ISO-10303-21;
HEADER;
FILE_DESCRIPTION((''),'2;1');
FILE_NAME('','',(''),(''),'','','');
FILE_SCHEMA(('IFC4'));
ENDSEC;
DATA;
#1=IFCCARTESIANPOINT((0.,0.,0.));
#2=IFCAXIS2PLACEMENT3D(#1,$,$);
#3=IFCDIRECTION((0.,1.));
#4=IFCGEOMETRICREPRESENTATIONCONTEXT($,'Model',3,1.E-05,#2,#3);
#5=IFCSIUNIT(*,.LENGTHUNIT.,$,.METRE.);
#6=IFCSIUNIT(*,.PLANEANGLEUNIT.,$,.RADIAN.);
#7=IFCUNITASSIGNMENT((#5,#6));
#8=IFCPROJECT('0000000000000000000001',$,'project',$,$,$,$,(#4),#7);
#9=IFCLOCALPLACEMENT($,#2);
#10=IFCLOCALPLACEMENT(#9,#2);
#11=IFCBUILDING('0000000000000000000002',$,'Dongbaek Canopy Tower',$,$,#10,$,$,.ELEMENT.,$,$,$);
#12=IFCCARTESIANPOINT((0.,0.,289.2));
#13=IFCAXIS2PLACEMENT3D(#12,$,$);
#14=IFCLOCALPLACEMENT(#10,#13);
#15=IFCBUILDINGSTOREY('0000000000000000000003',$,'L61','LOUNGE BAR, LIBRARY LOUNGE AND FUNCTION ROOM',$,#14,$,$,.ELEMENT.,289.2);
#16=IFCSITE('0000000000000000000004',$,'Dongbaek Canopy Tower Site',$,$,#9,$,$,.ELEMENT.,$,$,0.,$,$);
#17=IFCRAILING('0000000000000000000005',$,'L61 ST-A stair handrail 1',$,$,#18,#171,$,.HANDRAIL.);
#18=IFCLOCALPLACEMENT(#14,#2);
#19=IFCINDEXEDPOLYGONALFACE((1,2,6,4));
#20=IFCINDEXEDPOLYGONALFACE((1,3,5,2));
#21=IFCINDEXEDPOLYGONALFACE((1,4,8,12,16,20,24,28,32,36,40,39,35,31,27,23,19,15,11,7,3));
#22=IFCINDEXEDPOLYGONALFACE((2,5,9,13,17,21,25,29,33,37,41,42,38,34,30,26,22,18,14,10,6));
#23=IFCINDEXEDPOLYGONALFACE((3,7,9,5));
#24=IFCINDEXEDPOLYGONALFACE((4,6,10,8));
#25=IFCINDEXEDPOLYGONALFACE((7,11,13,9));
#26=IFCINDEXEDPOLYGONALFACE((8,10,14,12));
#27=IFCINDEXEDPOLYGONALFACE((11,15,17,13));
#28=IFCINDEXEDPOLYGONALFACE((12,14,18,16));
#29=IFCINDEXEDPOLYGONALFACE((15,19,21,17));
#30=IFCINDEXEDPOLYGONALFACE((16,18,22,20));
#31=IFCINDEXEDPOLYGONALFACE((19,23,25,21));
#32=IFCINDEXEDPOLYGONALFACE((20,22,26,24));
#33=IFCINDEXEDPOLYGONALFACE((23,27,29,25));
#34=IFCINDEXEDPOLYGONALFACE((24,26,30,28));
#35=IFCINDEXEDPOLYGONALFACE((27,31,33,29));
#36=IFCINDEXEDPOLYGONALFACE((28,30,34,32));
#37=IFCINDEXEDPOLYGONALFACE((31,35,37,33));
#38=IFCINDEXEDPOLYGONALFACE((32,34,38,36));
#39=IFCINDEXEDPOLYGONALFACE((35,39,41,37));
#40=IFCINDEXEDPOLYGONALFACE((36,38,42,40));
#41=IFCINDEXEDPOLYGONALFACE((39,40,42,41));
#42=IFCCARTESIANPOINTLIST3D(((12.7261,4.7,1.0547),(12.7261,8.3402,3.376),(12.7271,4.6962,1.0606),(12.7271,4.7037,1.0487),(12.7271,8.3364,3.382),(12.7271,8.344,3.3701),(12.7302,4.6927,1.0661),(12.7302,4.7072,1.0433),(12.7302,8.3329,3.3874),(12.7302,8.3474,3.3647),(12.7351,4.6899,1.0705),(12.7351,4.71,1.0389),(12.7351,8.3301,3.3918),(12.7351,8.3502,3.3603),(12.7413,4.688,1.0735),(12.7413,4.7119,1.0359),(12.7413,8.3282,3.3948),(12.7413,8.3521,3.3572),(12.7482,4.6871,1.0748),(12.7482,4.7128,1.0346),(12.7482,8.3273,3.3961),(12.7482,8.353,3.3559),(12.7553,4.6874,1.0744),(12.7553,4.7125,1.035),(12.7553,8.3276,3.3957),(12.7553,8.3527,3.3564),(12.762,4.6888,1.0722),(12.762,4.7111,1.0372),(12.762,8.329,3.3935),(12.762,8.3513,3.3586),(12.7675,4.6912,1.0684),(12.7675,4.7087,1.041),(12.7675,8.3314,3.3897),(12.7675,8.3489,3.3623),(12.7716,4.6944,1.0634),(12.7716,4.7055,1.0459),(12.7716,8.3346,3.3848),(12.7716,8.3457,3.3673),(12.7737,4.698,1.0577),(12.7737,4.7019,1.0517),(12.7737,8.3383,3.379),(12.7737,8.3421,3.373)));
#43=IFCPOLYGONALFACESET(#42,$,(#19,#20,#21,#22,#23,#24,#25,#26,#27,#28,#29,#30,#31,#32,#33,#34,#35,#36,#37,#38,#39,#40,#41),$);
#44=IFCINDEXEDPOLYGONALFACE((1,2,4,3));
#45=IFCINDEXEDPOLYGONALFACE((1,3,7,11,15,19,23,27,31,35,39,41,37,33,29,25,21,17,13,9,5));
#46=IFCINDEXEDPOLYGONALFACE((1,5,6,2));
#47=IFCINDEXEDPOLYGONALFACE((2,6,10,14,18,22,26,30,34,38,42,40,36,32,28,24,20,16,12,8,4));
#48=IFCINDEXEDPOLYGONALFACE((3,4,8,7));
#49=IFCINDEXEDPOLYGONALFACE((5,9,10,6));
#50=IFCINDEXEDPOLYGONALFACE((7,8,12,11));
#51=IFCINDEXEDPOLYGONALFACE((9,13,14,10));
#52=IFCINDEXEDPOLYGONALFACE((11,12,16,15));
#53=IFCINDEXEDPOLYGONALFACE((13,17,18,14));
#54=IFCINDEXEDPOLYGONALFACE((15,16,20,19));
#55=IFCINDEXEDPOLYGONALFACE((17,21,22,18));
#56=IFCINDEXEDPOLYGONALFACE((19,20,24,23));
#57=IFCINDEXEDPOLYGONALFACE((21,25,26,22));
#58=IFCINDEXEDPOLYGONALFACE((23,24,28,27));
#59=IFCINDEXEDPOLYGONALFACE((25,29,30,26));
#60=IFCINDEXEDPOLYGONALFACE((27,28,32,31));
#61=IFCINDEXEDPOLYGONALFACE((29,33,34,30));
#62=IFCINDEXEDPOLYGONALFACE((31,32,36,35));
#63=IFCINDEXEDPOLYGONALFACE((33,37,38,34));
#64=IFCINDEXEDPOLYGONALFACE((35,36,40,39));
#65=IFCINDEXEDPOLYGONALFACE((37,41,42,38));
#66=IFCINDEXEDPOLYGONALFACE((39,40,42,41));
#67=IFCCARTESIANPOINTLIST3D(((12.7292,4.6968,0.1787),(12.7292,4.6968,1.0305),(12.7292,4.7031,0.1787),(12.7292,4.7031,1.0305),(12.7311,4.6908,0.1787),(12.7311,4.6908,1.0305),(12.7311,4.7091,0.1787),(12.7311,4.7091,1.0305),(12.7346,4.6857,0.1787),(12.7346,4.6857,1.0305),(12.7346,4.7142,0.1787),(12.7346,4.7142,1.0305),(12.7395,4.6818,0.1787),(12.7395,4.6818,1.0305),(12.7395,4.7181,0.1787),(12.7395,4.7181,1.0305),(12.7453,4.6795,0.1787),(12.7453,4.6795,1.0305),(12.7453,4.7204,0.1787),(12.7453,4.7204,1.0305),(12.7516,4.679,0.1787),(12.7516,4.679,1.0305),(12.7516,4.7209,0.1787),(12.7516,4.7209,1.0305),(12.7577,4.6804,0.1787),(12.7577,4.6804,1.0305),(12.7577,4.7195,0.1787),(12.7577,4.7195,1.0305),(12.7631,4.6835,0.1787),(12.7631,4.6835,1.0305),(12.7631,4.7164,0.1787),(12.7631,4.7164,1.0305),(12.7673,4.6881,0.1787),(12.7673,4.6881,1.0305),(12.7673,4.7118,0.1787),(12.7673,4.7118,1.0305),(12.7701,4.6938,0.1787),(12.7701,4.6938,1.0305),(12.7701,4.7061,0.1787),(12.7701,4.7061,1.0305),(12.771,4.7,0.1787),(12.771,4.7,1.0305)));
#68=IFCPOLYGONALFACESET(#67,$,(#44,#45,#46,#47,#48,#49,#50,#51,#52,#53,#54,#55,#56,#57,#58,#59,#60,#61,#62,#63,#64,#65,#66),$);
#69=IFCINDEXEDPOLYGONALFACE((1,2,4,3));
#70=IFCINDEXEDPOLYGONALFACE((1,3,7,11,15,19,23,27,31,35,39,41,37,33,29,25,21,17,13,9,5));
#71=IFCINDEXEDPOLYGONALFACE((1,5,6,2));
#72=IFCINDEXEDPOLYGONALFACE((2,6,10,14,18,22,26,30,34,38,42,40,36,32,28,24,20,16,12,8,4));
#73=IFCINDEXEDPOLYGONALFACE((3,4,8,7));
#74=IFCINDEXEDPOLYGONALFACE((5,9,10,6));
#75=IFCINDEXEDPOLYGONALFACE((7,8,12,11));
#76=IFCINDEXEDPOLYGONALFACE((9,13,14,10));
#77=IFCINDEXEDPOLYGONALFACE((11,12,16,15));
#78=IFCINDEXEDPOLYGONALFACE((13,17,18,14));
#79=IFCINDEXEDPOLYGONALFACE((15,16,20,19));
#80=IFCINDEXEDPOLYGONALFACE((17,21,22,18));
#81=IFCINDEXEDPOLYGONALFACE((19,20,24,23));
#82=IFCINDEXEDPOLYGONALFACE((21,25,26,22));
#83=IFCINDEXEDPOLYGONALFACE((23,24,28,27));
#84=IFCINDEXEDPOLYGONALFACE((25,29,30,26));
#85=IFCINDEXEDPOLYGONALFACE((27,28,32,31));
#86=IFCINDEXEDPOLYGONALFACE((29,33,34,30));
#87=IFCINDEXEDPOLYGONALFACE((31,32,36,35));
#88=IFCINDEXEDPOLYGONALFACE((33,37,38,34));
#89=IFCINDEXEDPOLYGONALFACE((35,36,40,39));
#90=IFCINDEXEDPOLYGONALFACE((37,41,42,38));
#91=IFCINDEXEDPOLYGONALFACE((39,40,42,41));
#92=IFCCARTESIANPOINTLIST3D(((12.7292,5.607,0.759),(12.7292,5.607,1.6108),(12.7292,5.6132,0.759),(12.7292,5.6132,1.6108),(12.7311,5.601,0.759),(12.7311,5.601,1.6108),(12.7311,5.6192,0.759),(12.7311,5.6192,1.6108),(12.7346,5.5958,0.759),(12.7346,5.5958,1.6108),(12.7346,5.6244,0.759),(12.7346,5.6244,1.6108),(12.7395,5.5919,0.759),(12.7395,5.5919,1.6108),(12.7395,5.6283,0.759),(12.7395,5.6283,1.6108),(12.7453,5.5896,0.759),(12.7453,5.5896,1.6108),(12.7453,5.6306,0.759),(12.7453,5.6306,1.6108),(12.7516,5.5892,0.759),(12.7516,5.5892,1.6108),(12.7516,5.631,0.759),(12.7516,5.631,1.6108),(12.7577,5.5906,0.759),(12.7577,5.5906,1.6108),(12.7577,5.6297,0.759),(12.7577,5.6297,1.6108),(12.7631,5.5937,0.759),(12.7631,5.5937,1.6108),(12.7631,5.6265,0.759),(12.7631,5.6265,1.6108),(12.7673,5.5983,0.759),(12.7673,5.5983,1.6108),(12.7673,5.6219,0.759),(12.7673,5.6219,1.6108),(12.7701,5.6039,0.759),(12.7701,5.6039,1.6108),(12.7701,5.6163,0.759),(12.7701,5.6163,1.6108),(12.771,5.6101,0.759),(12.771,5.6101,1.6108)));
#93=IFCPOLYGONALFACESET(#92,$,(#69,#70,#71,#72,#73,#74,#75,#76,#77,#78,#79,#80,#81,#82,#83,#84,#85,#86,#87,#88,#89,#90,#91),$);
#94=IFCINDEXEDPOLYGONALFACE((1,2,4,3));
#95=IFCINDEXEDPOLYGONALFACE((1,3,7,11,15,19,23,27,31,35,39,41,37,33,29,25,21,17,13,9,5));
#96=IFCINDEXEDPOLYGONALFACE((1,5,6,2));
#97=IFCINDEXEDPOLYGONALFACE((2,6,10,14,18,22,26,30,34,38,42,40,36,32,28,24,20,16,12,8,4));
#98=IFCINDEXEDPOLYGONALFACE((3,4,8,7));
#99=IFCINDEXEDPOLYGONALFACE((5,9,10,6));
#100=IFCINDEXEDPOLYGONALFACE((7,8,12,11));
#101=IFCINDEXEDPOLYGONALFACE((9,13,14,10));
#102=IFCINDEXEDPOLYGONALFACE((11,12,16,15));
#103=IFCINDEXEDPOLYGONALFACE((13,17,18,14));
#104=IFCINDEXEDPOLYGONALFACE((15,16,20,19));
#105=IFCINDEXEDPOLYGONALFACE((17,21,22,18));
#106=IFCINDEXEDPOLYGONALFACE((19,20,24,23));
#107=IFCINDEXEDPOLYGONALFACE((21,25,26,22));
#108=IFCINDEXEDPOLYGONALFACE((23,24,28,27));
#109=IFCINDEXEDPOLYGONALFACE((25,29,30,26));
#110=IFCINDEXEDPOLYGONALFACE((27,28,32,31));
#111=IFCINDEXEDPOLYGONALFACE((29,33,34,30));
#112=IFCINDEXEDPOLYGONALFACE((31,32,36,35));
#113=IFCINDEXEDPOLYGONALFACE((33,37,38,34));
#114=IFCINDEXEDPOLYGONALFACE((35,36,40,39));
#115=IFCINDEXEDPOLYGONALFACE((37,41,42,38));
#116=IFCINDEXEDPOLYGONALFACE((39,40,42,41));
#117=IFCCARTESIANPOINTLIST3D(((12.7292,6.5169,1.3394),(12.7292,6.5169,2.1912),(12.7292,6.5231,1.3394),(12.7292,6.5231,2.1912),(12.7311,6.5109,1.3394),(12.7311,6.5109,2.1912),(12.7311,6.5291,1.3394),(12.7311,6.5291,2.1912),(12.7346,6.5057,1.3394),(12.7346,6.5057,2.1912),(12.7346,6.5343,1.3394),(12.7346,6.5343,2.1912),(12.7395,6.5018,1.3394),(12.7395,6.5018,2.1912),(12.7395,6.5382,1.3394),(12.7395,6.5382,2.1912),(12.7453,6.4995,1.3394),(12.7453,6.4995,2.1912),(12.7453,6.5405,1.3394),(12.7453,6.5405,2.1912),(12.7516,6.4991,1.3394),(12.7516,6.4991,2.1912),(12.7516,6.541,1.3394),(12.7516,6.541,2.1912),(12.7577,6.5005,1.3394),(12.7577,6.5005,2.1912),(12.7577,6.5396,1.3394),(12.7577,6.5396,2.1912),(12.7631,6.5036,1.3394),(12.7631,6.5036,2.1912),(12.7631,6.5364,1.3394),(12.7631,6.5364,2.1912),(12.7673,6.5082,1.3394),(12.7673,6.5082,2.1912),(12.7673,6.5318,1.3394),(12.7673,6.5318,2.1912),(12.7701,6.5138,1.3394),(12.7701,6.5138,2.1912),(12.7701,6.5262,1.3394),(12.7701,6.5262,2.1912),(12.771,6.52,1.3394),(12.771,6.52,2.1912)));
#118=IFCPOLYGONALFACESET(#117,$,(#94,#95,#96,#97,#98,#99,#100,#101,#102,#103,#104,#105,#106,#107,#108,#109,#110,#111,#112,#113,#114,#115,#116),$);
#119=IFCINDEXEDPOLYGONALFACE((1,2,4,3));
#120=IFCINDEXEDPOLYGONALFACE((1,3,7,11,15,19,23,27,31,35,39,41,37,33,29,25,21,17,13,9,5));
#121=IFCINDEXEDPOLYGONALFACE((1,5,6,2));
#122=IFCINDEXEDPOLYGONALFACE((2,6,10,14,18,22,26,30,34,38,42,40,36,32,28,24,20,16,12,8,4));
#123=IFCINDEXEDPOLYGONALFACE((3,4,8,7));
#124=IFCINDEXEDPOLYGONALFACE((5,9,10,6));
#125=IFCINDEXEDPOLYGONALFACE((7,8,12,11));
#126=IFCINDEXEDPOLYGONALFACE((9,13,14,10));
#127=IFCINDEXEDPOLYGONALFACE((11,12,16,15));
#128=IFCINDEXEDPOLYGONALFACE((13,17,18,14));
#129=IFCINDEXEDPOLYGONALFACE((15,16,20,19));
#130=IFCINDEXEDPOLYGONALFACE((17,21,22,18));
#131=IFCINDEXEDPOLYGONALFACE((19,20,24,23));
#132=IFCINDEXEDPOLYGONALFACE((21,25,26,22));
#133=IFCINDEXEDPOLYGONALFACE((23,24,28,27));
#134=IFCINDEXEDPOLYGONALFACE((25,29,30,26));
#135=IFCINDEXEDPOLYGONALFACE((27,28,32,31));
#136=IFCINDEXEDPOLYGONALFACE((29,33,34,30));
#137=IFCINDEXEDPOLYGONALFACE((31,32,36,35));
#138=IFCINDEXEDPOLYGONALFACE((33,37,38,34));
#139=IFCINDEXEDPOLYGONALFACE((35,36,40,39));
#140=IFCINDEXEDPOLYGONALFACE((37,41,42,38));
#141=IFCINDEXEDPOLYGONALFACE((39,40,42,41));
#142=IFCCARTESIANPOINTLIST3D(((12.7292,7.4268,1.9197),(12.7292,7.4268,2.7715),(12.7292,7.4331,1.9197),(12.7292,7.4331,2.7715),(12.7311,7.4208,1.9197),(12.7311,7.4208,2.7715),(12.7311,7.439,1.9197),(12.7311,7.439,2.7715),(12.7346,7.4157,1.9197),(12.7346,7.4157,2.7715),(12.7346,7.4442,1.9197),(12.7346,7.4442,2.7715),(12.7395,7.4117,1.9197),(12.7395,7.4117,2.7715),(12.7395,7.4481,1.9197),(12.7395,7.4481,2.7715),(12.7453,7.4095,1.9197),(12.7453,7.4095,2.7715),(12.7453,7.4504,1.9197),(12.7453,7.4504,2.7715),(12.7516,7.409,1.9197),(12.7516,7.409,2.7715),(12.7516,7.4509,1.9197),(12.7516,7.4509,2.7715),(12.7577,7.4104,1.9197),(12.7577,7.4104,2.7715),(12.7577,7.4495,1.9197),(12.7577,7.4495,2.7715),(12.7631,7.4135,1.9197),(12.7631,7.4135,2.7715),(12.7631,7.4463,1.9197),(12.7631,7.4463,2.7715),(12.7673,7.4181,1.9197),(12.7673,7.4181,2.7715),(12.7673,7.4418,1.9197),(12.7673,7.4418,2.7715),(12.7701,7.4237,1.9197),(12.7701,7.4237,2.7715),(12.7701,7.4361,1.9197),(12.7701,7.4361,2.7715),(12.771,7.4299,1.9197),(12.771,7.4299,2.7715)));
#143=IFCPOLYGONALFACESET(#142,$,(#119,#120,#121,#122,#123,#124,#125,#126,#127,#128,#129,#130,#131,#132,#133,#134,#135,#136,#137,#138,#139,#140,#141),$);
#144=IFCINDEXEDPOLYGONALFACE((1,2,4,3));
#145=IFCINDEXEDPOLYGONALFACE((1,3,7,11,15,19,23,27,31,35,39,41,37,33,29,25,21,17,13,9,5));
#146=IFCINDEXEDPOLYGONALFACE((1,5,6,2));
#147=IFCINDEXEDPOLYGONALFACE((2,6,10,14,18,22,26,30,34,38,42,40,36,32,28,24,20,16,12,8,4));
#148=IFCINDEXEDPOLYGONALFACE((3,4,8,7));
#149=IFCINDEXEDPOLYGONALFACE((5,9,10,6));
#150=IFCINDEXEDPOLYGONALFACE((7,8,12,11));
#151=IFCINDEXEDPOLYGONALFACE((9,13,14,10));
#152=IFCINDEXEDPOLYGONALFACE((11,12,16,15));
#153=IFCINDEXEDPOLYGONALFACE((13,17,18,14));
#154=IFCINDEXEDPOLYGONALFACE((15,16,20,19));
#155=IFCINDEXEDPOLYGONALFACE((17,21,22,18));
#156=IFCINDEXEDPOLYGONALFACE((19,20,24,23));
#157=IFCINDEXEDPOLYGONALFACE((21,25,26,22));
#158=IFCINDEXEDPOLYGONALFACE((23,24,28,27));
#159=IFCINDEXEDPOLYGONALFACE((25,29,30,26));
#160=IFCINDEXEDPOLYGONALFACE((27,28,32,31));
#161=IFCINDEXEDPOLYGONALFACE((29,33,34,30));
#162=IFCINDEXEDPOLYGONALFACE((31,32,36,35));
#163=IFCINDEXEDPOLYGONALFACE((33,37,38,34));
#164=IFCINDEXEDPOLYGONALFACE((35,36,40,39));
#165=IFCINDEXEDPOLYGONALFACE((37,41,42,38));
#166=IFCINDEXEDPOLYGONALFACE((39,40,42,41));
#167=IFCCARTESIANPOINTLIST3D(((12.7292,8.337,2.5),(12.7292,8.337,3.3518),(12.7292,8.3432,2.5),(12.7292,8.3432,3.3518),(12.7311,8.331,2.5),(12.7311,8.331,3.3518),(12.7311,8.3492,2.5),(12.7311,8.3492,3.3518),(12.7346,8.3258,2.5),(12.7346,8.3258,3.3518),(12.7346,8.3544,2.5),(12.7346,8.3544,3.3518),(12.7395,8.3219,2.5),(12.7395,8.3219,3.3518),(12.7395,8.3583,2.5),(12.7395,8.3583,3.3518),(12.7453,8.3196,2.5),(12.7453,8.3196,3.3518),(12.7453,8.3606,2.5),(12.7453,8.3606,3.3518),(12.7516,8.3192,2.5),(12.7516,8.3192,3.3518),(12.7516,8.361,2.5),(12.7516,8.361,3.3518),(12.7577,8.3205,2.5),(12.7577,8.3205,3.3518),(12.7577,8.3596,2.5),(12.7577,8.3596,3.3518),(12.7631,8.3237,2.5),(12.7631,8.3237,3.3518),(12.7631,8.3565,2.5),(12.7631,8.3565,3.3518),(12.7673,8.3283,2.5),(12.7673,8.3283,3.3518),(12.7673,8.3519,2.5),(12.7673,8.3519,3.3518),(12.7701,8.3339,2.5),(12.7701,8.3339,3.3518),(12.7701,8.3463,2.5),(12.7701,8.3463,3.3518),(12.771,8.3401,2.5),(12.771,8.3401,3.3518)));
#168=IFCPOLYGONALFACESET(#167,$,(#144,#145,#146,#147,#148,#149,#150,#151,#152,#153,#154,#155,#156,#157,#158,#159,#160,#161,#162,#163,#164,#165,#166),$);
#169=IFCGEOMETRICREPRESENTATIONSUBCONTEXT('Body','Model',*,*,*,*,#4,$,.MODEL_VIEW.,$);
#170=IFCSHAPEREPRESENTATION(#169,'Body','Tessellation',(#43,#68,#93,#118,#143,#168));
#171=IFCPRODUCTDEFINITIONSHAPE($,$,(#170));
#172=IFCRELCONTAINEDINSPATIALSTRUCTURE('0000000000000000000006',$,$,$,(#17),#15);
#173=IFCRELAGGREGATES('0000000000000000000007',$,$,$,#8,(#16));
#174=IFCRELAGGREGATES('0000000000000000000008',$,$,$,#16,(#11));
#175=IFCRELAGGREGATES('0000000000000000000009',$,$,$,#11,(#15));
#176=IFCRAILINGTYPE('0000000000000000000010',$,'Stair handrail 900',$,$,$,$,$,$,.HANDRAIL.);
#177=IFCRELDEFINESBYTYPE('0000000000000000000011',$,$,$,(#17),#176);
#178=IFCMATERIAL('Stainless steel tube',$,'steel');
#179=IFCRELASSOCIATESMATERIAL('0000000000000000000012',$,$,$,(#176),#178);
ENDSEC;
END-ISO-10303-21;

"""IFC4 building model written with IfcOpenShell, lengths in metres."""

from ifc_helpers import new_model, si_unit, direction, frame, origin, origin_2d, place, context, subcontext, project, spatial, circle, extrude, material, type_object, element, save


model = new_model("IFC4")

# Units and contexts
model_context = context("Model", 3, precision=1e-05, world=origin(), true_north=direction((0.0, 1.0)))
body_context = subcontext(model_context, "Body", "Model", "MODEL_VIEW")
ifc_project = project(units=[si_unit("LENGTHUNIT", "METRE"), si_unit("PLANEANGLEUNIT", "RADIAN")], contexts=[model_context])

# Site, building, storey
site_placement = place(None, origin())
site = spatial("IfcSite", under=ifc_project, at=site_placement, Name="Dongbaek Canopy Tower Site", CompositionType="ELEMENT", RefElevation=0.0)
building_placement = place(site_placement, origin())
building = spatial("IfcBuilding", under=site, at=building_placement, Name="Dongbaek Canopy Tower", CompositionType="ELEMENT")
storey_placement = place(building_placement, frame((0.0, 0.0, 289.2)))
storey = spatial("IfcBuildingStorey", under=building, at=storey_placement, Name="L61", Description="LOUNGE BAR, LIBRARY LOUNGE AND FUNCTION ROOM", CompositionType="ELEMENT", Elevation=289.2)

# Railing
ifc_material_1 = material(Name="Stainless steel tube", Category="steel")
railing_type_1 = type_object("IfcRailingType", Name="Stair handrail 900", PredefinedType="HANDRAIL", material=ifc_material_1)
railing_1_placement = place(storey_placement, frame((12.75, 4.7, 0.1787)))
element("IfcRailing", 1, at=railing_1_placement, inside=storey, type_object=railing_type_1, Name="L61 ST-A stair handrail 1", PredefinedType="HANDRAIL", context=body_context, shape_type="SweptSolid", body=[
    extrude(circle(Radius=0.0239, at=origin_2d()), frame((0.0, 0.0, 0.876), z_axis=(0.0, 0.843153, 0.537673), x_axis=(-1.0, 0.0, 0.0)), (0.0, 0.0, 1.0), 4.3174),
    extrude(circle(Radius=0.021, at=origin_2d()), origin(), (0.0, 0.0, 1.0), 0.8518),
    extrude(circle(Radius=0.021, at=origin_2d()), frame((0.0, 0.9102, 0.5803)), (0.0, 0.0, 1.0), 0.8518),
    extrude(circle(Radius=0.021, at=origin_2d()), frame((0.0, 1.8201, 1.1606)), (0.0, 0.0, 1.0), 0.8518),
    extrude(circle(Radius=0.021, at=origin_2d()), frame((0.0, 2.73, 1.741)), (0.0, 0.0, 1.0), 0.8518),
    extrude(circle(Radius=0.021, at=origin_2d()), frame((0.0, 3.6401, 2.3213)), (0.0, 0.0, 1.0), 0.8518),
])

save(model, "model.ifc")
